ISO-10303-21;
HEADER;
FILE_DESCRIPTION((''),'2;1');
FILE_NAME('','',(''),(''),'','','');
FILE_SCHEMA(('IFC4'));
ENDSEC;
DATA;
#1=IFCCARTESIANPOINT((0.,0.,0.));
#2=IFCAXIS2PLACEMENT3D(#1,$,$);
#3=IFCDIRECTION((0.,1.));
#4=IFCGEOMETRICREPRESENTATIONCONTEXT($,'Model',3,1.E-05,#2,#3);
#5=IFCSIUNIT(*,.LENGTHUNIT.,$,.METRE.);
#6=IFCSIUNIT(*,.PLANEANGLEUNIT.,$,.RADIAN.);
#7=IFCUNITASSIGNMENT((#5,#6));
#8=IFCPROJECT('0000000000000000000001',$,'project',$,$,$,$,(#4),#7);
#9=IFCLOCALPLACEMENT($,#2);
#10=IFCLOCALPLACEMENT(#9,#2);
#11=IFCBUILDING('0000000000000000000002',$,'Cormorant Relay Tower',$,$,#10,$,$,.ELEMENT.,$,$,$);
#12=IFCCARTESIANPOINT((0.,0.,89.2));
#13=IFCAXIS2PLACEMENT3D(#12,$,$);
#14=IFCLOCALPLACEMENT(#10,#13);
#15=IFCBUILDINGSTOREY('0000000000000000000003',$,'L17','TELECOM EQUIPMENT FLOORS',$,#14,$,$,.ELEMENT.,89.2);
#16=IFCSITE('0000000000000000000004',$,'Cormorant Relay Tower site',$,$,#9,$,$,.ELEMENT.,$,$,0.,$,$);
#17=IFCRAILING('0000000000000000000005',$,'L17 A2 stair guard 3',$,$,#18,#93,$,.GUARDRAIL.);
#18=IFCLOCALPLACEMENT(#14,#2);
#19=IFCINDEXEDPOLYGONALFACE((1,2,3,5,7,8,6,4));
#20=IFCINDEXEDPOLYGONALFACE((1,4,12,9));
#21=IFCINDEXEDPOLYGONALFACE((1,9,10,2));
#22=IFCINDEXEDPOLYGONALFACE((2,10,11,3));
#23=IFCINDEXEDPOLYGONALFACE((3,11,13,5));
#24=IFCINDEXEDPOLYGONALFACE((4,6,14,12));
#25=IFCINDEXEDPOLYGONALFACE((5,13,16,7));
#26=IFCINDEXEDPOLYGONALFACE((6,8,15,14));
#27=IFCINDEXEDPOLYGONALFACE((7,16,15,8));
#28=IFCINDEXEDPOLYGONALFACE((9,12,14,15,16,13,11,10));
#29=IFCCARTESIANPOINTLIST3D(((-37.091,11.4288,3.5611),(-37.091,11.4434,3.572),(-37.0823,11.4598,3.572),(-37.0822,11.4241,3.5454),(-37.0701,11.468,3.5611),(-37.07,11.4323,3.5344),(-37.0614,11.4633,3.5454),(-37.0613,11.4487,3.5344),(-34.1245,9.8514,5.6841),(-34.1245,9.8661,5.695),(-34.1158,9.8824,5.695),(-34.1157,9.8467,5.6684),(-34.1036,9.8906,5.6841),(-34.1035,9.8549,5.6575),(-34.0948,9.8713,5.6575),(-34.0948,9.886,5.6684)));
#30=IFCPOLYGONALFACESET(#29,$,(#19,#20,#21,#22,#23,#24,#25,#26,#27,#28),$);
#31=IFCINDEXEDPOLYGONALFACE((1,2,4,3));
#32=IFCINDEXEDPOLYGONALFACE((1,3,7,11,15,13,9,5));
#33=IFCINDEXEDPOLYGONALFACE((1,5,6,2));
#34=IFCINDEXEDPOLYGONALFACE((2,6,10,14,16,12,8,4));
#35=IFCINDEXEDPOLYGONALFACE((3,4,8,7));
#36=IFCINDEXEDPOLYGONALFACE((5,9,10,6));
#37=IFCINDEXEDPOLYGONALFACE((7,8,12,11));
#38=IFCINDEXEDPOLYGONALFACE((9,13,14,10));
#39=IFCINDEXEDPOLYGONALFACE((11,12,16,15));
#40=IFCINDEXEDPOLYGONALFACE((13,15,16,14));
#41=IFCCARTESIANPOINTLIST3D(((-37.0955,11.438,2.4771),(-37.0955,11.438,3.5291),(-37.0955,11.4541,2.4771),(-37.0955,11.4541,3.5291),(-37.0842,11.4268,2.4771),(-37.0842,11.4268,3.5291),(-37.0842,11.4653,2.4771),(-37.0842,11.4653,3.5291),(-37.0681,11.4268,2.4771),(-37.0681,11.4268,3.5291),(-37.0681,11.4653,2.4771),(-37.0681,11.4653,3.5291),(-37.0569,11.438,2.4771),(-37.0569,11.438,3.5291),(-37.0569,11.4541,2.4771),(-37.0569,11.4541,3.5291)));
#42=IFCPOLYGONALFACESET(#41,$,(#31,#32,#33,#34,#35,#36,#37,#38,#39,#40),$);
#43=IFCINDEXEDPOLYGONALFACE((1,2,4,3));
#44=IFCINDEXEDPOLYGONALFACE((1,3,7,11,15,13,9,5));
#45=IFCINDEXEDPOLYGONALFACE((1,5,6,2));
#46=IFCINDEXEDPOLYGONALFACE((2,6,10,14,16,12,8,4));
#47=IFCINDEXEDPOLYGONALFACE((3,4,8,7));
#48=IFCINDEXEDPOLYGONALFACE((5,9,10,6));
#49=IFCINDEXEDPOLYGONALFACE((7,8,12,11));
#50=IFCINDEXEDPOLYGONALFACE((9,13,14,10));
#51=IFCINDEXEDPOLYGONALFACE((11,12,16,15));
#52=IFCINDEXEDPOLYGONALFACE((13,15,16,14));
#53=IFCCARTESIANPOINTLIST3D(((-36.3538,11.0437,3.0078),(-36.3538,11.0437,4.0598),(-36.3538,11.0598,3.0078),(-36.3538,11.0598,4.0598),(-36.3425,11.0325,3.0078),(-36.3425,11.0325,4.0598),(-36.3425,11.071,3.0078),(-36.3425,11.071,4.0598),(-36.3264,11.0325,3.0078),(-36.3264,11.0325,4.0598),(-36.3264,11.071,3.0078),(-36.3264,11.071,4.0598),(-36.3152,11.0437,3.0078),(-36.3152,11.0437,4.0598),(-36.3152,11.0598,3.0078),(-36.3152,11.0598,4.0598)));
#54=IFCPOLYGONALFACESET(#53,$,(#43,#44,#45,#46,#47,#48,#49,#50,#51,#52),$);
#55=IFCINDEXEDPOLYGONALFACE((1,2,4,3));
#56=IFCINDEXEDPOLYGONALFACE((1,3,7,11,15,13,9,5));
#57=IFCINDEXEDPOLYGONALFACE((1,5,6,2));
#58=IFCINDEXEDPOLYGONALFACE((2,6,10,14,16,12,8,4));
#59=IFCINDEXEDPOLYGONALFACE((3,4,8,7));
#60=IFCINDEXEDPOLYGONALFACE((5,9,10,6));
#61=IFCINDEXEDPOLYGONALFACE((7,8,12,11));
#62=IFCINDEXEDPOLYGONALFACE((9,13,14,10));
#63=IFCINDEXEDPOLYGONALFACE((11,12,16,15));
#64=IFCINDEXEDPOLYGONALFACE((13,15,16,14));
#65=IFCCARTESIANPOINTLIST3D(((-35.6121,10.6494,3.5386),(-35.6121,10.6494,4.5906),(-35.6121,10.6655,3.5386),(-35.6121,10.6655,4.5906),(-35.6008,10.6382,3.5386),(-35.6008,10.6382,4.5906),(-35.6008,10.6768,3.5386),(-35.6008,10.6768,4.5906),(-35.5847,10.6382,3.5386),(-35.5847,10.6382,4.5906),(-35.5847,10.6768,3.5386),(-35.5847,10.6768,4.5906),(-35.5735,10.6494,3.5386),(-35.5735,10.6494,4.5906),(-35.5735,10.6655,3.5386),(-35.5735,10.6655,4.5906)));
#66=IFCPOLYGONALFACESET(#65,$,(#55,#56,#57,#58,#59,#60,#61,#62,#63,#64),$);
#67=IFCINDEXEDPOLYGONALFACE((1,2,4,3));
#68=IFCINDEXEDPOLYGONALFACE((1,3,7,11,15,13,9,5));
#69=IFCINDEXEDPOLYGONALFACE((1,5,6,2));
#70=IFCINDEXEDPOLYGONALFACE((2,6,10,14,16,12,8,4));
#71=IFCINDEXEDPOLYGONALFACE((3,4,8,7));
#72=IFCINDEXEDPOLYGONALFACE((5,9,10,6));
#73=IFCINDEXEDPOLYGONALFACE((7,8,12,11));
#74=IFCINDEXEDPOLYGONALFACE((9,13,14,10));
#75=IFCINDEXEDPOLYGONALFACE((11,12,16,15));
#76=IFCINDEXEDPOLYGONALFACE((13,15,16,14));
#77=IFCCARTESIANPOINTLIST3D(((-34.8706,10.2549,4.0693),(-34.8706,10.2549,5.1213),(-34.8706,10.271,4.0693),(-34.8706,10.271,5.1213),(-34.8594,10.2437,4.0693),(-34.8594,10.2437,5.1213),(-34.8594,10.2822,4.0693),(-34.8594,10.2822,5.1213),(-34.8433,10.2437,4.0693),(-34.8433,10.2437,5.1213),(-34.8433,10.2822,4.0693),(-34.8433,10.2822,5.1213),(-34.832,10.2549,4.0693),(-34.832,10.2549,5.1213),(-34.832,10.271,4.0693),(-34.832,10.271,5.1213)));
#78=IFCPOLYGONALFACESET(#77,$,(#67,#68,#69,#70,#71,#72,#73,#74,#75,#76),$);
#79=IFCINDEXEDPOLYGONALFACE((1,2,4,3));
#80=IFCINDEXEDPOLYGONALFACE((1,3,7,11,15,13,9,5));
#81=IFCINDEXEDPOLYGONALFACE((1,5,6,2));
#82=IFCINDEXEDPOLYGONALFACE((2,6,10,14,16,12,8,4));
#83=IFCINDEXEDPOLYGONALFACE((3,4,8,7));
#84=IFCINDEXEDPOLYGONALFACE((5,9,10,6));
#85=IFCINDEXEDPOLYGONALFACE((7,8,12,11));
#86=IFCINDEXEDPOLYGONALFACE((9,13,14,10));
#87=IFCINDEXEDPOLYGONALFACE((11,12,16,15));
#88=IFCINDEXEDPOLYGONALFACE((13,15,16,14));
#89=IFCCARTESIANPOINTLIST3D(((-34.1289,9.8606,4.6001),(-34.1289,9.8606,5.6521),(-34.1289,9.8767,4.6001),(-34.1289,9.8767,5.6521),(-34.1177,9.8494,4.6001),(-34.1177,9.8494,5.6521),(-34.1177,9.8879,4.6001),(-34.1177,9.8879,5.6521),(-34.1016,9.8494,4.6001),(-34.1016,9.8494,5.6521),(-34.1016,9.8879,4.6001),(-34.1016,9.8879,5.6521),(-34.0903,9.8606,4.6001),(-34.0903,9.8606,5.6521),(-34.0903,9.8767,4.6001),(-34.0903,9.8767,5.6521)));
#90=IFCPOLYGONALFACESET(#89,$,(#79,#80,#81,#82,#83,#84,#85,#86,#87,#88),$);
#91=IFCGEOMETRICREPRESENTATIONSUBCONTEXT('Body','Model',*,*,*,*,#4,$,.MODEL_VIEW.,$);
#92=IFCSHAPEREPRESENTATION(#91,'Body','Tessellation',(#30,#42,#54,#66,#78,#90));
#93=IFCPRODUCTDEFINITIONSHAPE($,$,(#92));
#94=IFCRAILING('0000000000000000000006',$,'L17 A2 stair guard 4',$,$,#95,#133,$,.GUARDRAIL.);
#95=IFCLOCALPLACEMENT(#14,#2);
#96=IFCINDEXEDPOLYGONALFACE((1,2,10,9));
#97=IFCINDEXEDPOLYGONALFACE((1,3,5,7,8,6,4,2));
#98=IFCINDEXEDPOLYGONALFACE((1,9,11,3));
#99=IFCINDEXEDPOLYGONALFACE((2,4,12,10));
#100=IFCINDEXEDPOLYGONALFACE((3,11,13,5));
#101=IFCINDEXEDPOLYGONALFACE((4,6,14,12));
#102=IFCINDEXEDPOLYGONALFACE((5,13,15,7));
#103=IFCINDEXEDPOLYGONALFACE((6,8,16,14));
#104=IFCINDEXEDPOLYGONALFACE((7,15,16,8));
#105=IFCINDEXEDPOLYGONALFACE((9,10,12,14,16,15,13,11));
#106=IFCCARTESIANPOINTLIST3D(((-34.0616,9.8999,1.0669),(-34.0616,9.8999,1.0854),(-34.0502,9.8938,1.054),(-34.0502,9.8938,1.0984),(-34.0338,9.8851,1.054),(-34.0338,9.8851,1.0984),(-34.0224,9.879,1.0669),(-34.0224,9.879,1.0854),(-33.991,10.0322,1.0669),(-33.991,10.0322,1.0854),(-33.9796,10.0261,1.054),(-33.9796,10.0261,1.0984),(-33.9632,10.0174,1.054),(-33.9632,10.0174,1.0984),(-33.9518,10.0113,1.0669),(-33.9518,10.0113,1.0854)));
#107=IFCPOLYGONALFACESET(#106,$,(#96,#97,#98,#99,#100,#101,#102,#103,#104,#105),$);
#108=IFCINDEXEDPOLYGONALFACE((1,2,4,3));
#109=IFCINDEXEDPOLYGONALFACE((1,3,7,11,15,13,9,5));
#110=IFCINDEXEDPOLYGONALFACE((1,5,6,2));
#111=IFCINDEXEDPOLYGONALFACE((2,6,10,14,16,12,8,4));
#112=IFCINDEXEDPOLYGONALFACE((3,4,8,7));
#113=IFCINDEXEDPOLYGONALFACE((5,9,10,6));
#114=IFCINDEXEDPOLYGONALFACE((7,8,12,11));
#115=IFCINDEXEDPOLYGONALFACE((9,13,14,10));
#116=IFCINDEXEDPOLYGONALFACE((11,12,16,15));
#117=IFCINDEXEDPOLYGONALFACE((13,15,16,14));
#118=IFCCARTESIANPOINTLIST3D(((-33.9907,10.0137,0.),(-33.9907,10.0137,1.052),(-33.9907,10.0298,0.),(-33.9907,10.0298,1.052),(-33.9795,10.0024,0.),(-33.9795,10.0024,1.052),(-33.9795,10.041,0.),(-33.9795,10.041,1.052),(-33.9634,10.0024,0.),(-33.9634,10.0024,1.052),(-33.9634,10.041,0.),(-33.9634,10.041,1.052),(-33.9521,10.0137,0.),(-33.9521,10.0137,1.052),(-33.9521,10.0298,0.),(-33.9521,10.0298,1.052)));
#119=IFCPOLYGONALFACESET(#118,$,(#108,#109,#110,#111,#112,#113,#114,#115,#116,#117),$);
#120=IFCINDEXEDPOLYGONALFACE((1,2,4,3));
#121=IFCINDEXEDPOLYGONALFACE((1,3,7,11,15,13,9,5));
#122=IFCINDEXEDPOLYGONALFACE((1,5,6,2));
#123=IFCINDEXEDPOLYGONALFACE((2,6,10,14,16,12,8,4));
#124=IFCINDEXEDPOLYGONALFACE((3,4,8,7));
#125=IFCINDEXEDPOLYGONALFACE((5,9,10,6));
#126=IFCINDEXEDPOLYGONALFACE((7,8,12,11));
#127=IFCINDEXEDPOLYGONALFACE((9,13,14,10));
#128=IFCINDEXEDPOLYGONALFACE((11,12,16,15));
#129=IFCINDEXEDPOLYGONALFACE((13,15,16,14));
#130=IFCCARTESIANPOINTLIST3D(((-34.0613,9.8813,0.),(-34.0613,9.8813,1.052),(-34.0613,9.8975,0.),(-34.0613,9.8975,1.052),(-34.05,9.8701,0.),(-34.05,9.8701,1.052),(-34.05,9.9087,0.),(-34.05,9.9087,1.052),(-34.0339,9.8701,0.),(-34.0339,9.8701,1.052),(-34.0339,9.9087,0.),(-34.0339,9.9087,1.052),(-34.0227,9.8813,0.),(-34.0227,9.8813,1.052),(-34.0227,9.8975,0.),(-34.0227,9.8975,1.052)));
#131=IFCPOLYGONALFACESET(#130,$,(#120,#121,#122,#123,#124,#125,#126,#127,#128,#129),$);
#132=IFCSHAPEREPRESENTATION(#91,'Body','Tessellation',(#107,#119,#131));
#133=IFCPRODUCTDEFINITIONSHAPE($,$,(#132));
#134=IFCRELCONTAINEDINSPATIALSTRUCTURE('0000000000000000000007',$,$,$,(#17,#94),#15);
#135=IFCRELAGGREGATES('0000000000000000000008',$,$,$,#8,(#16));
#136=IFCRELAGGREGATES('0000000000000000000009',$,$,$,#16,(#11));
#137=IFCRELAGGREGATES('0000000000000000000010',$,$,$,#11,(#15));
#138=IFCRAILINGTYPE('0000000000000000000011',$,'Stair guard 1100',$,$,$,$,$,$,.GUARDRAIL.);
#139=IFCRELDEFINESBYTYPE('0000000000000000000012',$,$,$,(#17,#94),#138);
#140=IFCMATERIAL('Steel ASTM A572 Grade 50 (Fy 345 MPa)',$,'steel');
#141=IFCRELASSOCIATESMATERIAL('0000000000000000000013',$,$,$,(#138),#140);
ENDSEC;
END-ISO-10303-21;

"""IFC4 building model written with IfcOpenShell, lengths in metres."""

from ifc_helpers import new_model, si_unit, direction, frame, origin, place, context, subcontext, project, spatial, polyline, outline, extrude, material, type_object, element, save


model = new_model("IFC4")

# Units and contexts
model_context = context("Model", 3, precision=1e-05, world=origin(), true_north=direction((0.0, 1.0)))
body_context = subcontext(model_context, "Body", "Model", "MODEL_VIEW")
ifc_project = project(units=[si_unit("LENGTHUNIT", "METRE"), si_unit("PLANEANGLEUNIT", "RADIAN")], contexts=[model_context])

# Site, building, storey
site_placement = place(None, origin())
site = spatial("IfcSite", under=ifc_project, at=site_placement, Name="Cormorant Relay Tower site", CompositionType="ELEMENT", RefElevation=0.0)
building_placement = place(site_placement, origin())
building = spatial("IfcBuilding", under=site, at=building_placement, Name="Cormorant Relay Tower", CompositionType="ELEMENT")
storey_placement = place(building_placement, frame((0.0, 0.0, 89.2)))
storey = spatial("IfcBuildingStorey", under=building, at=storey_placement, Name="L17", Description="TELECOM EQUIPMENT FLOORS", CompositionType="ELEMENT", Elevation=89.2)

# Railings
ifc_material_1 = material(Name="Steel ASTM A572 Grade 50 (Fy 345 MPa)", Category="steel")
railing_type_1 = type_object("IfcRailingType", Name="Stair guard 1100", PredefinedType="GUARDRAIL", material=ifc_material_1)
railing_1_placement = place(storey_placement, frame((-37.0762, 11.446, 2.4771)))
element("IfcRailing", 1, at=railing_1_placement, inside=storey, type_object=railing_type_1, Name="L17 A2 stair guard 3", PredefinedType="GUARDRAIL", context=body_context, shape_type="SweptSolid", body=[
    extrude(outline(polyline([(0.0222, 0.0093), (0.0093, 0.0222), (-0.0093, 0.0222), (-0.0222, 0.0093), (-0.0222, -0.0093), (-0.0093, -0.0222), (0.0093, -0.0222), (0.0222, -0.0093), (0.0222, 0.0093)])), frame((0.0, 0.0, 1.0762), z_axis=(0.746413, -0.396887, 0.534179), x_axis=(0.469483, 0.882942, 0.0)), (0.0, 0.0, 1.0), 3.9744),
    extrude(outline(polyline([(0.0193, 0.0081), (0.0081, 0.0193), (-0.0081, 0.0193), (-0.0193, 0.0081), (-0.0193, -0.0081), (-0.0081, -0.0193), (0.0081, -0.0193), (0.0193, -0.0081), (0.0193, 0.0081)])), origin(), (0.0, 0.0, 1.0), 1.052),
    extrude(outline(polyline([(0.0193, 0.0081), (0.0081, 0.0193), (-0.0081, 0.0193), (-0.0193, 0.0081), (-0.0193, -0.0081), (-0.0081, -0.0193), (0.0081, -0.0193), (0.0193, -0.0081), (0.0193, 0.0081)])), frame((0.7417, -0.3943, 0.5308)), (0.0, 0.0, 1.0), 1.052),
    extrude(outline(polyline([(0.0193, 0.0081), (0.0081, 0.0193), (-0.0081, 0.0193), (-0.0193, 0.0081), (-0.0193, -0.0081), (-0.0081, -0.0193), (0.0081, -0.0193), (0.0193, -0.0081), (0.0193, 0.0081)])), frame((1.4834, -0.7886, 1.0615)), (0.0, 0.0, 1.0), 1.052),
    extrude(outline(polyline([(0.0193, 0.0081), (0.0081, 0.0193), (-0.0081, 0.0193), (-0.0193, 0.0081), (-0.0193, -0.0081), (-0.0081, -0.0193), (0.0081, -0.0193), (0.0193, -0.0081), (0.0193, 0.0081)])), frame((2.2249, -1.1831, 1.5923)), (0.0, 0.0, 1.0), 1.052),
    extrude(outline(polyline([(0.0193, 0.0081), (0.0081, 0.0193), (-0.0081, 0.0193), (-0.0193, 0.0081), (-0.0193, -0.0081), (-0.0081, -0.0193), (0.0081, -0.0193), (0.0193, -0.0081), (0.0193, 0.0081)])), frame((2.9666, -1.5774, 2.123)), (0.0, 0.0, 1.0), 1.052),
])
railing_2_placement = place(storey_placement, frame((-33.9714, 10.0217, 0.0)))
element("IfcRailing", 2, at=railing_2_placement, inside=storey, type_object=railing_type_1, Name="L17 A2 stair guard 4", PredefinedType="GUARDRAIL", context=body_context, shape_type="SweptSolid", body=[
    extrude(outline(polyline([(0.0222, 0.0093), (0.0093, 0.0222), (-0.0093, 0.0222), (-0.0222, 0.0093), (-0.0222, -0.0093), (-0.0093, -0.0222), (0.0093, -0.0222), (0.0222, -0.0093), (0.0222, 0.0093)])), frame((0.0, 0.0, 1.0762), z_axis=(-0.470504, -0.882398, 0.0), x_axis=(0.882398, -0.470504, 0.0)), (0.0, 0.0, 1.0), 0.1499),
    extrude(outline(polyline([(0.0193, 0.0081), (0.0081, 0.0193), (-0.0081, 0.0193), (-0.0193, 0.0081), (-0.0193, -0.0081), (-0.0081, -0.0193), (0.0081, -0.0193), (0.0193, -0.0081), (0.0193, 0.0081)])), origin(), (0.0, 0.0, 1.0), 1.052),
    extrude(outline(polyline([(0.0193, 0.0081), (0.0081, 0.0193), (-0.0081, 0.0193), (-0.0193, 0.0081), (-0.0193, -0.0081), (-0.0081, -0.0193), (0.0081, -0.0193), (0.0193, -0.0081), (0.0193, 0.0081)])), frame((-0.0706, -0.1323, 0.0)), (0.0, 0.0, 1.0), 1.052),
])

save(model, "model.ifc")
